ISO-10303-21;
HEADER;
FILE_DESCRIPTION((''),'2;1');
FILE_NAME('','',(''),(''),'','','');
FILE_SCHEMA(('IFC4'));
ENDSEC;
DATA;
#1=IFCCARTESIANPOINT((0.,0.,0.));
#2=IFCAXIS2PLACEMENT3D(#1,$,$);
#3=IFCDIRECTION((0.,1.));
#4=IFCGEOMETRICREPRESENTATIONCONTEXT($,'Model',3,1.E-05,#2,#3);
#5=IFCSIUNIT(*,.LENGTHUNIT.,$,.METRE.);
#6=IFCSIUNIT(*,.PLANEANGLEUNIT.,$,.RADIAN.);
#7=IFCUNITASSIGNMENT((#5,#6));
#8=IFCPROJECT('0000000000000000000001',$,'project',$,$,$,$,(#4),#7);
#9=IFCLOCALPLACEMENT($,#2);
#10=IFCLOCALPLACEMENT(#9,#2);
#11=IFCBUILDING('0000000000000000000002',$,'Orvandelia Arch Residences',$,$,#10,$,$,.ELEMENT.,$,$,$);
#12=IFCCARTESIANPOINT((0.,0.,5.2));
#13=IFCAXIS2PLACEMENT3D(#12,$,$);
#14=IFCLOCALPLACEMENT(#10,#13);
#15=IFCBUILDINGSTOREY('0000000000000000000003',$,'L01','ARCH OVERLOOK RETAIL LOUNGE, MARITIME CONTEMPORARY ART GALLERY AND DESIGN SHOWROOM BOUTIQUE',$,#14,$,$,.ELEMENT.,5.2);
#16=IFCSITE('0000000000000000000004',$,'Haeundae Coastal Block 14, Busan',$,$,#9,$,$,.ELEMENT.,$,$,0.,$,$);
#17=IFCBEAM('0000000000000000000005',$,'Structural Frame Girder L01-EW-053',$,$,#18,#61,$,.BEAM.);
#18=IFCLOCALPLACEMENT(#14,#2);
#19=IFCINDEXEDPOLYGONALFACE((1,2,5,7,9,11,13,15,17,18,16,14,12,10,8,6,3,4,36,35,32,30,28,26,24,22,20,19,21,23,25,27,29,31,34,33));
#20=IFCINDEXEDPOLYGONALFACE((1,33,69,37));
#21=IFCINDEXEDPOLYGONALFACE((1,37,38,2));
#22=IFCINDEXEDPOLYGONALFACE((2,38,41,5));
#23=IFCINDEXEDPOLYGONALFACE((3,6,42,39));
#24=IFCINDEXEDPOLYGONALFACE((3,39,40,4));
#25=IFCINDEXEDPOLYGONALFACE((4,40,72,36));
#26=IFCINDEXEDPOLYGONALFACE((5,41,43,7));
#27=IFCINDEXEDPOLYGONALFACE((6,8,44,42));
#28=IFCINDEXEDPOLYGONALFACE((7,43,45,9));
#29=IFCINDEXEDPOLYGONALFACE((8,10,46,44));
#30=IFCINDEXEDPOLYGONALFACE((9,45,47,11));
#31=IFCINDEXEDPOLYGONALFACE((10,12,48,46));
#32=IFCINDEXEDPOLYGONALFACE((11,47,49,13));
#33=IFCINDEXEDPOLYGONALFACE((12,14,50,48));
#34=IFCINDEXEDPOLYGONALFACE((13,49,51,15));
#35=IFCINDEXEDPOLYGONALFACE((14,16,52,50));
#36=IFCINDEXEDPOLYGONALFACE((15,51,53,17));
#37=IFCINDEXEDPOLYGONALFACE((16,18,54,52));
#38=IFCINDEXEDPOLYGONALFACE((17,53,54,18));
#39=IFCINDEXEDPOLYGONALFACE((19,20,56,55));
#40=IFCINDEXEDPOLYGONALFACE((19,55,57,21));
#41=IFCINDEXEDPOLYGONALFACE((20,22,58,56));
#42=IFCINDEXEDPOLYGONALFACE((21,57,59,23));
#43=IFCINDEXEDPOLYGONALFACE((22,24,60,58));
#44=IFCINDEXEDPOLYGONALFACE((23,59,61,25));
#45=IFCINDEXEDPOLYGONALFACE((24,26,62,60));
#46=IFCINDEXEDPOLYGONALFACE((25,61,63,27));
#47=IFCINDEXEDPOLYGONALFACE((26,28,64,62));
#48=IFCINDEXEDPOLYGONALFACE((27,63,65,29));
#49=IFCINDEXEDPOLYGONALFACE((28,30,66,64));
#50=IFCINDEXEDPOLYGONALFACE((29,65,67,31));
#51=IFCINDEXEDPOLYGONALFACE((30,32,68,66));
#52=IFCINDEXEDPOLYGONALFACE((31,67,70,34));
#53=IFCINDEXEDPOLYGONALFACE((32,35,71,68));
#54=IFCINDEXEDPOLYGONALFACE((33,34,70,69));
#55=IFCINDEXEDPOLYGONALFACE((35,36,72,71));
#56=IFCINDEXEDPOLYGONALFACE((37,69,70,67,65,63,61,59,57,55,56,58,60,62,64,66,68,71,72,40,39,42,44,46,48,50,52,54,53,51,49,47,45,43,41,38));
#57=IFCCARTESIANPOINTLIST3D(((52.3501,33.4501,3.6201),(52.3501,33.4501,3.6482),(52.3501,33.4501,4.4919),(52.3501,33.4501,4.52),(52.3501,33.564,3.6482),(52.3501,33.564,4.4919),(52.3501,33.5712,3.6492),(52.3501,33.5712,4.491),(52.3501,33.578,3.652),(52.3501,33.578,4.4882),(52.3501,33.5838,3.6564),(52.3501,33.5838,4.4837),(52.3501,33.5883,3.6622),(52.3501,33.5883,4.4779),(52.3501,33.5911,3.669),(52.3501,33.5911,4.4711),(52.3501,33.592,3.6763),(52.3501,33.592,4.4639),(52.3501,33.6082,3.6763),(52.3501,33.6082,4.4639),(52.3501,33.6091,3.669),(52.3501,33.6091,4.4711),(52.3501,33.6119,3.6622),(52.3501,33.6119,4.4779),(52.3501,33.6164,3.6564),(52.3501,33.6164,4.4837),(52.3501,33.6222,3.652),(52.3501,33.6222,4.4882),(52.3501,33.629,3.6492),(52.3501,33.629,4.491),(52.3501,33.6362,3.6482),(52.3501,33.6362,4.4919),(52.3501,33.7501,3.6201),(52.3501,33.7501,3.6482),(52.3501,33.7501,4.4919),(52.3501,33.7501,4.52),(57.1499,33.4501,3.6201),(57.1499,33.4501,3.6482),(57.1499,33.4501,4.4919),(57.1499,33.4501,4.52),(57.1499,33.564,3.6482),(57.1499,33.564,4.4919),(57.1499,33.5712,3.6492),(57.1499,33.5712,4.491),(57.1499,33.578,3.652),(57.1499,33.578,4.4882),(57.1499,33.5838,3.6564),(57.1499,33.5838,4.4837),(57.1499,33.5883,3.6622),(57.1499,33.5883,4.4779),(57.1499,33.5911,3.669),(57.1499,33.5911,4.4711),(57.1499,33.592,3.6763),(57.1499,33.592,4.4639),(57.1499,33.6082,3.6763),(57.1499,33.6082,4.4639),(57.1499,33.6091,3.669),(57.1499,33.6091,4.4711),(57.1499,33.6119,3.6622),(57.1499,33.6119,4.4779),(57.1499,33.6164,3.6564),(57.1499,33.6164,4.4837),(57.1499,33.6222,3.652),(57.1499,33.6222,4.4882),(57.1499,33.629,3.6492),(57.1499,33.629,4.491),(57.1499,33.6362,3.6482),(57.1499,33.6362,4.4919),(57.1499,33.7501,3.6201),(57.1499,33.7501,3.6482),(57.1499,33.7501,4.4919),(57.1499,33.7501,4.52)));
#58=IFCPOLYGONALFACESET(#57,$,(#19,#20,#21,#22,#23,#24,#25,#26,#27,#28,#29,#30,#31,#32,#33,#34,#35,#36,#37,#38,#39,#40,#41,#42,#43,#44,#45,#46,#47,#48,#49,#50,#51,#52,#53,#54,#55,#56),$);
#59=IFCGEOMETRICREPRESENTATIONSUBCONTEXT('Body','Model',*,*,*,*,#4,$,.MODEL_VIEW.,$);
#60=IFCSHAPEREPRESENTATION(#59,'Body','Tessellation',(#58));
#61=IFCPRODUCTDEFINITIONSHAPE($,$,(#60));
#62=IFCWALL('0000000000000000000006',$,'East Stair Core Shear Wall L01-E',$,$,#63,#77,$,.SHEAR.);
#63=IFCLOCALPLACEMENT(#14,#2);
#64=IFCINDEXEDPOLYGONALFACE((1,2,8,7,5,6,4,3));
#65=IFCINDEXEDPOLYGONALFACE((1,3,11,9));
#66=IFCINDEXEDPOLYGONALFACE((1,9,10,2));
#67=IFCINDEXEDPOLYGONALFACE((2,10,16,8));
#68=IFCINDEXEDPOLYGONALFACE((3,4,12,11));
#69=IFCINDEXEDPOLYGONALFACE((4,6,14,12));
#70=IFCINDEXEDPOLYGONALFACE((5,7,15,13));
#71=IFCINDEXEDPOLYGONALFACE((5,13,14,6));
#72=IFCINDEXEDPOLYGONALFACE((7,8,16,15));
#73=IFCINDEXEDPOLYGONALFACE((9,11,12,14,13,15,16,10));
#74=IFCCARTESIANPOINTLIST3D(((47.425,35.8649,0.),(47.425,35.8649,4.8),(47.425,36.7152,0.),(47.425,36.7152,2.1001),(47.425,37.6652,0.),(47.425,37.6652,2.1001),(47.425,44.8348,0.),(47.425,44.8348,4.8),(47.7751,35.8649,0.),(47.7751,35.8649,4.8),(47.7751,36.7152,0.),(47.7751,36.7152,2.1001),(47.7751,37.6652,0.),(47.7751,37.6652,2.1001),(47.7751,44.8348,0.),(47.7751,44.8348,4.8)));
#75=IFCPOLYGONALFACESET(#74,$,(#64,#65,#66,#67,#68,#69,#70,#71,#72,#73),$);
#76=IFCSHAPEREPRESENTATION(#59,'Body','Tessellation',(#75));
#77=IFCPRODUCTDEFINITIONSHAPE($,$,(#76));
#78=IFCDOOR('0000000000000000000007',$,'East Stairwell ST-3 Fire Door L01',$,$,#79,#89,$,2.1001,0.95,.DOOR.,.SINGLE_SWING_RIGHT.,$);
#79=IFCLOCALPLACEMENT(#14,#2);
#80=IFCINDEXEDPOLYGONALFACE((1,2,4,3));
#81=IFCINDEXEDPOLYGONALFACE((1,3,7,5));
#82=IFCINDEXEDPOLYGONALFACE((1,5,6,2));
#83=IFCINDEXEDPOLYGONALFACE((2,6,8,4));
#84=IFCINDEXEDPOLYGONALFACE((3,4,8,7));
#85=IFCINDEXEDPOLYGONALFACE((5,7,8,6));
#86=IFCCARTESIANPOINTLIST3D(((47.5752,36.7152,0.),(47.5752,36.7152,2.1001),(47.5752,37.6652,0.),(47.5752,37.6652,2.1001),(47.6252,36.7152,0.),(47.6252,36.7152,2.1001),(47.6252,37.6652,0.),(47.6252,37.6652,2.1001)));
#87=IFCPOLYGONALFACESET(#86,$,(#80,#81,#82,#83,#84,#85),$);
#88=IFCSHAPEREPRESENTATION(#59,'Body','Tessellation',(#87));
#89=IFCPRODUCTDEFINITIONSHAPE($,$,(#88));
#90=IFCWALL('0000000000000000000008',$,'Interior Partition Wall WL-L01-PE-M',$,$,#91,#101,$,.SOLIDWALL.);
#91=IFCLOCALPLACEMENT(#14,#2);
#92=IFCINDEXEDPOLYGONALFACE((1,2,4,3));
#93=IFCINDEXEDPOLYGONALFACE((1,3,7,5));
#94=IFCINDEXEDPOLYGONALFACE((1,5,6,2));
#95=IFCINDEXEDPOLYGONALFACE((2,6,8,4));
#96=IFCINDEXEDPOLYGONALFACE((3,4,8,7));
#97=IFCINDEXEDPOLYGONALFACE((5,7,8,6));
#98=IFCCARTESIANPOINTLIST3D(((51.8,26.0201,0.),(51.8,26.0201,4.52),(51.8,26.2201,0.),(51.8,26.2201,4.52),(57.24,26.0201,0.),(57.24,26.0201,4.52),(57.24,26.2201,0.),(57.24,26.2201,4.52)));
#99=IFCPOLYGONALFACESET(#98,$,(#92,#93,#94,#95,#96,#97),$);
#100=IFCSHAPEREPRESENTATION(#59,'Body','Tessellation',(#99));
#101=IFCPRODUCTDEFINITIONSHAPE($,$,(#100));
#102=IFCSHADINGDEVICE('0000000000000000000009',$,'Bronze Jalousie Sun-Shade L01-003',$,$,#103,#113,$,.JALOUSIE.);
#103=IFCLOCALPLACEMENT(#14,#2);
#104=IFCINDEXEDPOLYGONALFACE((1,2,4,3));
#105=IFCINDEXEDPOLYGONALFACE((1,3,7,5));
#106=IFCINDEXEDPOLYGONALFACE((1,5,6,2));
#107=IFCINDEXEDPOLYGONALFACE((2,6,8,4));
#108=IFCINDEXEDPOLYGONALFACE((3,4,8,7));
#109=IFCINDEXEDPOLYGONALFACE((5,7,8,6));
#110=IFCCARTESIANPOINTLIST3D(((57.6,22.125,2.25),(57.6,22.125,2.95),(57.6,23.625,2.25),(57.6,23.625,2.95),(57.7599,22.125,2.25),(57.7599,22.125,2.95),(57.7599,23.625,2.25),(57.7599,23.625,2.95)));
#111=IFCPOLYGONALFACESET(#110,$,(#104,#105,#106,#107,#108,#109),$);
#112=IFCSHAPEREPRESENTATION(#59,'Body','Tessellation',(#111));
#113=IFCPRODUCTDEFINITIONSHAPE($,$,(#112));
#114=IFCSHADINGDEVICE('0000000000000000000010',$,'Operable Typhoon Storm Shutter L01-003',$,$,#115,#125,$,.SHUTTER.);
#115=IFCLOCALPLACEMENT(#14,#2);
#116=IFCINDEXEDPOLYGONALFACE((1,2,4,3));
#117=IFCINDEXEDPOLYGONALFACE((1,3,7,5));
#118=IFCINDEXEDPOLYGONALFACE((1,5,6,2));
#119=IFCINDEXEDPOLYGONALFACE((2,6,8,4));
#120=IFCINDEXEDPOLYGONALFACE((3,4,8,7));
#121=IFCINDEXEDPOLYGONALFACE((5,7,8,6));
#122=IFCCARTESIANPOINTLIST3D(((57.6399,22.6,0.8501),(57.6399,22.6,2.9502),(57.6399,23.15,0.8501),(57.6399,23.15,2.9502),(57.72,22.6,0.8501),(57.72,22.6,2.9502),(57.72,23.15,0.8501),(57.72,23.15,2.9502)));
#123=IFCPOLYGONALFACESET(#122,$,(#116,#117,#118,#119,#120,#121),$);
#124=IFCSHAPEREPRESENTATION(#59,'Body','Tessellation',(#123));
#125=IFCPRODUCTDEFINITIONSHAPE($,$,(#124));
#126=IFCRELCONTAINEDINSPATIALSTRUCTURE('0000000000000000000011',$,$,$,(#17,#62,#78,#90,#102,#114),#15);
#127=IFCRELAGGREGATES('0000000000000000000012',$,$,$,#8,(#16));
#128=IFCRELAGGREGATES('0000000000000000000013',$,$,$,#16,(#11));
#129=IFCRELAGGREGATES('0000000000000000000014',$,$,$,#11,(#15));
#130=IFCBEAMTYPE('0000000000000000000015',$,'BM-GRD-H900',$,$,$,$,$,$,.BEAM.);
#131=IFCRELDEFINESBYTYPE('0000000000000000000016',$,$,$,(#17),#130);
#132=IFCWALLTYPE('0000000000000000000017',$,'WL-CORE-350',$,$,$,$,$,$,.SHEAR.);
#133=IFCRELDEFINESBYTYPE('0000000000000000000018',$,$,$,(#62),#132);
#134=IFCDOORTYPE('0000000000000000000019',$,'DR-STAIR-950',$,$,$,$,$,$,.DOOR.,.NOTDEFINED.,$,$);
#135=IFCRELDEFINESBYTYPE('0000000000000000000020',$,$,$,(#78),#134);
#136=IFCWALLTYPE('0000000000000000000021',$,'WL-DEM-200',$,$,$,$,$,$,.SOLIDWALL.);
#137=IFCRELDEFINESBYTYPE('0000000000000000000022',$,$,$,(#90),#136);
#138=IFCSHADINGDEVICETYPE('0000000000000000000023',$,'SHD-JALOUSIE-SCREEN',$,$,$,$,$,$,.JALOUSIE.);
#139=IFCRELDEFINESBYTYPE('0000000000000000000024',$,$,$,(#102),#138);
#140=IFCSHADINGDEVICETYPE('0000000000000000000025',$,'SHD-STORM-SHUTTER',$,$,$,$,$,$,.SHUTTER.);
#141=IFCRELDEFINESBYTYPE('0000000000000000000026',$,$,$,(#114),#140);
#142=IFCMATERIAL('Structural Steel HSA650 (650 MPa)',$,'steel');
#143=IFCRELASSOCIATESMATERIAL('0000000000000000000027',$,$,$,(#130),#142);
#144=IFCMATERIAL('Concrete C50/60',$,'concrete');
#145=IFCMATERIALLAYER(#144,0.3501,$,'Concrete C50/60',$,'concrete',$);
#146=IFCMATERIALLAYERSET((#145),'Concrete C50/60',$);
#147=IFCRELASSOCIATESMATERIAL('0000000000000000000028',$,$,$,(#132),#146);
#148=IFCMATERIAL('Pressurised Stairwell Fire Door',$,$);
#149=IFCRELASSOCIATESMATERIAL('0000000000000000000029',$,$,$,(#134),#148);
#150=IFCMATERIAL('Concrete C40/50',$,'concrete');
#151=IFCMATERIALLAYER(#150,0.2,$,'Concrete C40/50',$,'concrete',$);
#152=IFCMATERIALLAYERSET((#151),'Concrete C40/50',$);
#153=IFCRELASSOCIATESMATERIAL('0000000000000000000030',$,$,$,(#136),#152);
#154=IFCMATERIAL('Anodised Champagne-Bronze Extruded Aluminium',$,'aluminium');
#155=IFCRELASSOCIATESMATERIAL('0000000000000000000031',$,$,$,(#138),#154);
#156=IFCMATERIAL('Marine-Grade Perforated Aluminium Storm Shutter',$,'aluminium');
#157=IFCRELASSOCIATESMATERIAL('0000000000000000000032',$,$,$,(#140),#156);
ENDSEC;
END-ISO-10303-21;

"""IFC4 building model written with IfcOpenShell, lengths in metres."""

from ifc_helpers import new_model, si_unit, direction, frame, frame_2d, origin, origin_2d, place, context, subcontext, project, spatial, rectangle, i_section, extrude, material, layer, layer_set, material_profile, profile_set, type_object, element, fill, save


model = new_model("IFC4")

# Units and contexts
model_context = context("Model", 3, precision=1e-05, world=origin(), true_north=direction((0.0, 1.0)))
body_context = subcontext(model_context, "Body", "Model", "MODEL_VIEW")
ifc_project = project(units=[si_unit("LENGTHUNIT", "METRE"), si_unit("PLANEANGLEUNIT", "RADIAN")], contexts=[model_context])

# Site, building, storey
site_placement = place(None, origin())
site = spatial("IfcSite", under=ifc_project, at=site_placement, Name="Haeundae Coastal Block 14, Busan", CompositionType="ELEMENT", RefElevation=0.0)
building_placement = place(site_placement, origin())
building = spatial("IfcBuilding", under=site, at=building_placement, Name="Orvandelia Arch Residences", CompositionType="ELEMENT")
storey_placement = place(building_placement, frame((0.0, 0.0, 5.2)))
storey = spatial("IfcBuildingStorey", under=building, at=storey_placement, Name="L01", Description="ARCH OVERLOOK RETAIL LOUNGE, MARITIME CONTEMPORARY ART GALLERY AND DESIGN SHOWROOM BOUTIQUE", CompositionType="ELEMENT", Elevation=5.2)

# Beam
ifc_material_1 = material(Name="Structural Steel HSA650 (650 MPa)", Category="steel")
ifc_material_profile_1 = material_profile(ifc_material_1, i_section(OverallWidth=0.3, OverallDepth=0.8999, WebThickness=0.0161, FlangeThickness=0.0281, FilletRadius=0.0281, at=origin_2d()), Name="Structural Steel HSA650 (650 MPa)", Category="steel")
ifc_profile_set_1 = profile_set([ifc_material_profile_1], Name="Structural Steel HSA650 (650 MPa)")
beam_type = type_object("IfcBeamType", Name="BM-GRD-H900", PredefinedType="BEAM", material=ifc_profile_set_1)
for number, where, z_axis, x_axis, name in (
    (1, (52.3501, 33.6001, 4.0701), (1.0, 0.0, 0.0), (0.0, 1.0, 0.0), "Structural Frame Girder L01-EW-053"),
):
    element("IfcBeam", number, at=place(storey_placement, frame(where, z_axis=z_axis, x_axis=x_axis)), inside=storey, type_object=beam_type, Name=name, PredefinedType="BEAM", context=body_context, shape_type="SweptSolid", body=[
        extrude(i_section(OverallWidth=0.3, OverallDepth=0.8999, WebThickness=0.0161, FlangeThickness=0.0281, FilletRadius=0.0281, at=origin_2d()), origin(), (0.0, 0.0, 1.0), 4.7998),
    ])

# Wall, opening, door
ifc_material_2 = material(Name="Concrete C50/60", Category="concrete")
ifc_layer_1 = layer(ifc_material_2, 0.3501, Name="Concrete C50/60", Category="concrete")
ifc_layer_set_1 = layer_set([ifc_layer_1], Name="Concrete C50/60")
wall_type_1 = type_object("IfcWallType", Name="WL-CORE-350", PredefinedType="SHEAR", material=ifc_layer_set_1)
wall_1_placement = place(storey_placement, frame((47.6001, 35.865, 0.0), z_axis=(0.0, 0.0, 1.0), x_axis=(0.0, 1.0, 0.0)))
wall_1 = element("IfcWall", 2, at=wall_1_placement, inside=storey, type_object=wall_type_1, Name="East Stair Core Shear Wall L01-E", PredefinedType="SHEAR", context=body_context, shape_type="SweptSolid", body=[
    extrude(rectangle(XDim=8.97, YDim=0.3501, at=frame_2d((4.4849, 0.0))), origin(), (0.0, 0.0, 1.0), 4.8),
])
opening_placement = place(wall_1_placement, frame((0.8501, 0.0, 0.0)))
opening = element("IfcOpeningElement", 3, at=opening_placement, cuts=wall_1, PredefinedType="OPENING", context=body_context, shape_type="SweptSolid", body=[
    extrude(rectangle(XDim=0.95, YDim=2.1001, at=frame_2d((0.4751, 1.05))), frame((0.0, 0.1851, 0.0), z_axis=(0.0, -1.0, 0.0), x_axis=(1.0, 0.0, 0.0)), (0.0, 0.0, 1.0), 0.3701),
])
ifc_material_3 = material(Name="Pressurised Stairwell Fire Door")
door_type = type_object("IfcDoorType", Name="DR-STAIR-950", OperationType="NOTDEFINED", PredefinedType="DOOR", material=ifc_material_3)
door_placement = place(opening_placement, origin())
door = element("IfcDoor", 4, at=door_placement, inside=storey, type_object=door_type, Name="East Stairwell ST-3 Fire Door L01", OperationType="SINGLE_SWING_RIGHT", OverallHeight=2.1001, OverallWidth=0.95, PredefinedType="DOOR", context=body_context, shape_type="SweptSolid", body=[
    extrude(rectangle(XDim=0.95, YDim=2.1001, at=frame_2d((0.4751, 1.05))), frame((0.0, 0.0249, 0.0), z_axis=(0.0, -1.0, 0.0), x_axis=(1.0, 0.0, 0.0)), (0.0, 0.0, 1.0), 0.05),
])
fill(opening, door)

# Wall
ifc_material_4 = material(Name="Concrete C40/50", Category="concrete")
ifc_layer_2 = layer(ifc_material_4, 0.2, Name="Concrete C40/50", Category="concrete")
ifc_layer_set_2 = layer_set([ifc_layer_2], Name="Concrete C40/50")
wall_type_2 = type_object("IfcWallType", Name="WL-DEM-200", PredefinedType="SOLIDWALL", material=ifc_layer_set_2)
wall_2_placement = place(storey_placement, frame((51.8, 26.1201, 0.0), z_axis=(0.0, 0.0, 1.0), x_axis=(1.0, 0.0, 0.0)))
element("IfcWall", 5, at=wall_2_placement, inside=storey, type_object=wall_type_2, Name="Interior Partition Wall WL-L01-PE-M", PredefinedType="SOLIDWALL", context=body_context, shape_type="SweptSolid", body=[
    extrude(rectangle(XDim=5.4399, YDim=0.2, at=frame_2d((2.72, 0.0))), origin(), (0.0, 0.0, 1.0), 4.52),
])

# Shading devices
ifc_material_5 = material(Name="Anodised Champagne-Bronze Extruded Aluminium", Category="aluminium")
shading_device_type_1 = type_object("IfcShadingDeviceType", Name="SHD-JALOUSIE-SCREEN", PredefinedType="JALOUSIE", material=ifc_material_5)
shading_device_1_placement = place(storey_placement, frame((57.6799, 22.875, 2.25), z_axis=(0.0, 0.0, 1.0), x_axis=(0.0, -1.0, 0.0)))
element("IfcShadingDevice", 6, at=shading_device_1_placement, inside=storey, type_object=shading_device_type_1, Name="Bronze Jalousie Sun-Shade L01-003", PredefinedType="JALOUSIE", context=body_context, shape_type="SweptSolid", body=[
    extrude(rectangle(XDim=1.5, YDim=0.1599, at=origin_2d()), origin(), (0.0, 0.0, 1.0), 0.7),
])
ifc_material_6 = material(Name="Marine-Grade Perforated Aluminium Storm Shutter", Category="aluminium")
shading_device_type_2 = type_object("IfcShadingDeviceType", Name="SHD-STORM-SHUTTER", PredefinedType="SHUTTER", material=ifc_material_6)
shading_device_2_placement = place(storey_placement, frame((57.6799, 22.875, 0.8501), z_axis=(0.0, 0.0, 1.0), x_axis=(0.0, -1.0, 0.0)))
element("IfcShadingDevice", 7, at=shading_device_2_placement, inside=storey, type_object=shading_device_type_2, Name="Operable Typhoon Storm Shutter L01-003", PredefinedType="SHUTTER", context=body_context, shape_type="SweptSolid", body=[
    extrude(rectangle(XDim=0.55, YDim=0.0801, at=origin_2d()), origin(), (0.0, 0.0, 1.0), 2.1001),
])

save(model, "model.ifc")
